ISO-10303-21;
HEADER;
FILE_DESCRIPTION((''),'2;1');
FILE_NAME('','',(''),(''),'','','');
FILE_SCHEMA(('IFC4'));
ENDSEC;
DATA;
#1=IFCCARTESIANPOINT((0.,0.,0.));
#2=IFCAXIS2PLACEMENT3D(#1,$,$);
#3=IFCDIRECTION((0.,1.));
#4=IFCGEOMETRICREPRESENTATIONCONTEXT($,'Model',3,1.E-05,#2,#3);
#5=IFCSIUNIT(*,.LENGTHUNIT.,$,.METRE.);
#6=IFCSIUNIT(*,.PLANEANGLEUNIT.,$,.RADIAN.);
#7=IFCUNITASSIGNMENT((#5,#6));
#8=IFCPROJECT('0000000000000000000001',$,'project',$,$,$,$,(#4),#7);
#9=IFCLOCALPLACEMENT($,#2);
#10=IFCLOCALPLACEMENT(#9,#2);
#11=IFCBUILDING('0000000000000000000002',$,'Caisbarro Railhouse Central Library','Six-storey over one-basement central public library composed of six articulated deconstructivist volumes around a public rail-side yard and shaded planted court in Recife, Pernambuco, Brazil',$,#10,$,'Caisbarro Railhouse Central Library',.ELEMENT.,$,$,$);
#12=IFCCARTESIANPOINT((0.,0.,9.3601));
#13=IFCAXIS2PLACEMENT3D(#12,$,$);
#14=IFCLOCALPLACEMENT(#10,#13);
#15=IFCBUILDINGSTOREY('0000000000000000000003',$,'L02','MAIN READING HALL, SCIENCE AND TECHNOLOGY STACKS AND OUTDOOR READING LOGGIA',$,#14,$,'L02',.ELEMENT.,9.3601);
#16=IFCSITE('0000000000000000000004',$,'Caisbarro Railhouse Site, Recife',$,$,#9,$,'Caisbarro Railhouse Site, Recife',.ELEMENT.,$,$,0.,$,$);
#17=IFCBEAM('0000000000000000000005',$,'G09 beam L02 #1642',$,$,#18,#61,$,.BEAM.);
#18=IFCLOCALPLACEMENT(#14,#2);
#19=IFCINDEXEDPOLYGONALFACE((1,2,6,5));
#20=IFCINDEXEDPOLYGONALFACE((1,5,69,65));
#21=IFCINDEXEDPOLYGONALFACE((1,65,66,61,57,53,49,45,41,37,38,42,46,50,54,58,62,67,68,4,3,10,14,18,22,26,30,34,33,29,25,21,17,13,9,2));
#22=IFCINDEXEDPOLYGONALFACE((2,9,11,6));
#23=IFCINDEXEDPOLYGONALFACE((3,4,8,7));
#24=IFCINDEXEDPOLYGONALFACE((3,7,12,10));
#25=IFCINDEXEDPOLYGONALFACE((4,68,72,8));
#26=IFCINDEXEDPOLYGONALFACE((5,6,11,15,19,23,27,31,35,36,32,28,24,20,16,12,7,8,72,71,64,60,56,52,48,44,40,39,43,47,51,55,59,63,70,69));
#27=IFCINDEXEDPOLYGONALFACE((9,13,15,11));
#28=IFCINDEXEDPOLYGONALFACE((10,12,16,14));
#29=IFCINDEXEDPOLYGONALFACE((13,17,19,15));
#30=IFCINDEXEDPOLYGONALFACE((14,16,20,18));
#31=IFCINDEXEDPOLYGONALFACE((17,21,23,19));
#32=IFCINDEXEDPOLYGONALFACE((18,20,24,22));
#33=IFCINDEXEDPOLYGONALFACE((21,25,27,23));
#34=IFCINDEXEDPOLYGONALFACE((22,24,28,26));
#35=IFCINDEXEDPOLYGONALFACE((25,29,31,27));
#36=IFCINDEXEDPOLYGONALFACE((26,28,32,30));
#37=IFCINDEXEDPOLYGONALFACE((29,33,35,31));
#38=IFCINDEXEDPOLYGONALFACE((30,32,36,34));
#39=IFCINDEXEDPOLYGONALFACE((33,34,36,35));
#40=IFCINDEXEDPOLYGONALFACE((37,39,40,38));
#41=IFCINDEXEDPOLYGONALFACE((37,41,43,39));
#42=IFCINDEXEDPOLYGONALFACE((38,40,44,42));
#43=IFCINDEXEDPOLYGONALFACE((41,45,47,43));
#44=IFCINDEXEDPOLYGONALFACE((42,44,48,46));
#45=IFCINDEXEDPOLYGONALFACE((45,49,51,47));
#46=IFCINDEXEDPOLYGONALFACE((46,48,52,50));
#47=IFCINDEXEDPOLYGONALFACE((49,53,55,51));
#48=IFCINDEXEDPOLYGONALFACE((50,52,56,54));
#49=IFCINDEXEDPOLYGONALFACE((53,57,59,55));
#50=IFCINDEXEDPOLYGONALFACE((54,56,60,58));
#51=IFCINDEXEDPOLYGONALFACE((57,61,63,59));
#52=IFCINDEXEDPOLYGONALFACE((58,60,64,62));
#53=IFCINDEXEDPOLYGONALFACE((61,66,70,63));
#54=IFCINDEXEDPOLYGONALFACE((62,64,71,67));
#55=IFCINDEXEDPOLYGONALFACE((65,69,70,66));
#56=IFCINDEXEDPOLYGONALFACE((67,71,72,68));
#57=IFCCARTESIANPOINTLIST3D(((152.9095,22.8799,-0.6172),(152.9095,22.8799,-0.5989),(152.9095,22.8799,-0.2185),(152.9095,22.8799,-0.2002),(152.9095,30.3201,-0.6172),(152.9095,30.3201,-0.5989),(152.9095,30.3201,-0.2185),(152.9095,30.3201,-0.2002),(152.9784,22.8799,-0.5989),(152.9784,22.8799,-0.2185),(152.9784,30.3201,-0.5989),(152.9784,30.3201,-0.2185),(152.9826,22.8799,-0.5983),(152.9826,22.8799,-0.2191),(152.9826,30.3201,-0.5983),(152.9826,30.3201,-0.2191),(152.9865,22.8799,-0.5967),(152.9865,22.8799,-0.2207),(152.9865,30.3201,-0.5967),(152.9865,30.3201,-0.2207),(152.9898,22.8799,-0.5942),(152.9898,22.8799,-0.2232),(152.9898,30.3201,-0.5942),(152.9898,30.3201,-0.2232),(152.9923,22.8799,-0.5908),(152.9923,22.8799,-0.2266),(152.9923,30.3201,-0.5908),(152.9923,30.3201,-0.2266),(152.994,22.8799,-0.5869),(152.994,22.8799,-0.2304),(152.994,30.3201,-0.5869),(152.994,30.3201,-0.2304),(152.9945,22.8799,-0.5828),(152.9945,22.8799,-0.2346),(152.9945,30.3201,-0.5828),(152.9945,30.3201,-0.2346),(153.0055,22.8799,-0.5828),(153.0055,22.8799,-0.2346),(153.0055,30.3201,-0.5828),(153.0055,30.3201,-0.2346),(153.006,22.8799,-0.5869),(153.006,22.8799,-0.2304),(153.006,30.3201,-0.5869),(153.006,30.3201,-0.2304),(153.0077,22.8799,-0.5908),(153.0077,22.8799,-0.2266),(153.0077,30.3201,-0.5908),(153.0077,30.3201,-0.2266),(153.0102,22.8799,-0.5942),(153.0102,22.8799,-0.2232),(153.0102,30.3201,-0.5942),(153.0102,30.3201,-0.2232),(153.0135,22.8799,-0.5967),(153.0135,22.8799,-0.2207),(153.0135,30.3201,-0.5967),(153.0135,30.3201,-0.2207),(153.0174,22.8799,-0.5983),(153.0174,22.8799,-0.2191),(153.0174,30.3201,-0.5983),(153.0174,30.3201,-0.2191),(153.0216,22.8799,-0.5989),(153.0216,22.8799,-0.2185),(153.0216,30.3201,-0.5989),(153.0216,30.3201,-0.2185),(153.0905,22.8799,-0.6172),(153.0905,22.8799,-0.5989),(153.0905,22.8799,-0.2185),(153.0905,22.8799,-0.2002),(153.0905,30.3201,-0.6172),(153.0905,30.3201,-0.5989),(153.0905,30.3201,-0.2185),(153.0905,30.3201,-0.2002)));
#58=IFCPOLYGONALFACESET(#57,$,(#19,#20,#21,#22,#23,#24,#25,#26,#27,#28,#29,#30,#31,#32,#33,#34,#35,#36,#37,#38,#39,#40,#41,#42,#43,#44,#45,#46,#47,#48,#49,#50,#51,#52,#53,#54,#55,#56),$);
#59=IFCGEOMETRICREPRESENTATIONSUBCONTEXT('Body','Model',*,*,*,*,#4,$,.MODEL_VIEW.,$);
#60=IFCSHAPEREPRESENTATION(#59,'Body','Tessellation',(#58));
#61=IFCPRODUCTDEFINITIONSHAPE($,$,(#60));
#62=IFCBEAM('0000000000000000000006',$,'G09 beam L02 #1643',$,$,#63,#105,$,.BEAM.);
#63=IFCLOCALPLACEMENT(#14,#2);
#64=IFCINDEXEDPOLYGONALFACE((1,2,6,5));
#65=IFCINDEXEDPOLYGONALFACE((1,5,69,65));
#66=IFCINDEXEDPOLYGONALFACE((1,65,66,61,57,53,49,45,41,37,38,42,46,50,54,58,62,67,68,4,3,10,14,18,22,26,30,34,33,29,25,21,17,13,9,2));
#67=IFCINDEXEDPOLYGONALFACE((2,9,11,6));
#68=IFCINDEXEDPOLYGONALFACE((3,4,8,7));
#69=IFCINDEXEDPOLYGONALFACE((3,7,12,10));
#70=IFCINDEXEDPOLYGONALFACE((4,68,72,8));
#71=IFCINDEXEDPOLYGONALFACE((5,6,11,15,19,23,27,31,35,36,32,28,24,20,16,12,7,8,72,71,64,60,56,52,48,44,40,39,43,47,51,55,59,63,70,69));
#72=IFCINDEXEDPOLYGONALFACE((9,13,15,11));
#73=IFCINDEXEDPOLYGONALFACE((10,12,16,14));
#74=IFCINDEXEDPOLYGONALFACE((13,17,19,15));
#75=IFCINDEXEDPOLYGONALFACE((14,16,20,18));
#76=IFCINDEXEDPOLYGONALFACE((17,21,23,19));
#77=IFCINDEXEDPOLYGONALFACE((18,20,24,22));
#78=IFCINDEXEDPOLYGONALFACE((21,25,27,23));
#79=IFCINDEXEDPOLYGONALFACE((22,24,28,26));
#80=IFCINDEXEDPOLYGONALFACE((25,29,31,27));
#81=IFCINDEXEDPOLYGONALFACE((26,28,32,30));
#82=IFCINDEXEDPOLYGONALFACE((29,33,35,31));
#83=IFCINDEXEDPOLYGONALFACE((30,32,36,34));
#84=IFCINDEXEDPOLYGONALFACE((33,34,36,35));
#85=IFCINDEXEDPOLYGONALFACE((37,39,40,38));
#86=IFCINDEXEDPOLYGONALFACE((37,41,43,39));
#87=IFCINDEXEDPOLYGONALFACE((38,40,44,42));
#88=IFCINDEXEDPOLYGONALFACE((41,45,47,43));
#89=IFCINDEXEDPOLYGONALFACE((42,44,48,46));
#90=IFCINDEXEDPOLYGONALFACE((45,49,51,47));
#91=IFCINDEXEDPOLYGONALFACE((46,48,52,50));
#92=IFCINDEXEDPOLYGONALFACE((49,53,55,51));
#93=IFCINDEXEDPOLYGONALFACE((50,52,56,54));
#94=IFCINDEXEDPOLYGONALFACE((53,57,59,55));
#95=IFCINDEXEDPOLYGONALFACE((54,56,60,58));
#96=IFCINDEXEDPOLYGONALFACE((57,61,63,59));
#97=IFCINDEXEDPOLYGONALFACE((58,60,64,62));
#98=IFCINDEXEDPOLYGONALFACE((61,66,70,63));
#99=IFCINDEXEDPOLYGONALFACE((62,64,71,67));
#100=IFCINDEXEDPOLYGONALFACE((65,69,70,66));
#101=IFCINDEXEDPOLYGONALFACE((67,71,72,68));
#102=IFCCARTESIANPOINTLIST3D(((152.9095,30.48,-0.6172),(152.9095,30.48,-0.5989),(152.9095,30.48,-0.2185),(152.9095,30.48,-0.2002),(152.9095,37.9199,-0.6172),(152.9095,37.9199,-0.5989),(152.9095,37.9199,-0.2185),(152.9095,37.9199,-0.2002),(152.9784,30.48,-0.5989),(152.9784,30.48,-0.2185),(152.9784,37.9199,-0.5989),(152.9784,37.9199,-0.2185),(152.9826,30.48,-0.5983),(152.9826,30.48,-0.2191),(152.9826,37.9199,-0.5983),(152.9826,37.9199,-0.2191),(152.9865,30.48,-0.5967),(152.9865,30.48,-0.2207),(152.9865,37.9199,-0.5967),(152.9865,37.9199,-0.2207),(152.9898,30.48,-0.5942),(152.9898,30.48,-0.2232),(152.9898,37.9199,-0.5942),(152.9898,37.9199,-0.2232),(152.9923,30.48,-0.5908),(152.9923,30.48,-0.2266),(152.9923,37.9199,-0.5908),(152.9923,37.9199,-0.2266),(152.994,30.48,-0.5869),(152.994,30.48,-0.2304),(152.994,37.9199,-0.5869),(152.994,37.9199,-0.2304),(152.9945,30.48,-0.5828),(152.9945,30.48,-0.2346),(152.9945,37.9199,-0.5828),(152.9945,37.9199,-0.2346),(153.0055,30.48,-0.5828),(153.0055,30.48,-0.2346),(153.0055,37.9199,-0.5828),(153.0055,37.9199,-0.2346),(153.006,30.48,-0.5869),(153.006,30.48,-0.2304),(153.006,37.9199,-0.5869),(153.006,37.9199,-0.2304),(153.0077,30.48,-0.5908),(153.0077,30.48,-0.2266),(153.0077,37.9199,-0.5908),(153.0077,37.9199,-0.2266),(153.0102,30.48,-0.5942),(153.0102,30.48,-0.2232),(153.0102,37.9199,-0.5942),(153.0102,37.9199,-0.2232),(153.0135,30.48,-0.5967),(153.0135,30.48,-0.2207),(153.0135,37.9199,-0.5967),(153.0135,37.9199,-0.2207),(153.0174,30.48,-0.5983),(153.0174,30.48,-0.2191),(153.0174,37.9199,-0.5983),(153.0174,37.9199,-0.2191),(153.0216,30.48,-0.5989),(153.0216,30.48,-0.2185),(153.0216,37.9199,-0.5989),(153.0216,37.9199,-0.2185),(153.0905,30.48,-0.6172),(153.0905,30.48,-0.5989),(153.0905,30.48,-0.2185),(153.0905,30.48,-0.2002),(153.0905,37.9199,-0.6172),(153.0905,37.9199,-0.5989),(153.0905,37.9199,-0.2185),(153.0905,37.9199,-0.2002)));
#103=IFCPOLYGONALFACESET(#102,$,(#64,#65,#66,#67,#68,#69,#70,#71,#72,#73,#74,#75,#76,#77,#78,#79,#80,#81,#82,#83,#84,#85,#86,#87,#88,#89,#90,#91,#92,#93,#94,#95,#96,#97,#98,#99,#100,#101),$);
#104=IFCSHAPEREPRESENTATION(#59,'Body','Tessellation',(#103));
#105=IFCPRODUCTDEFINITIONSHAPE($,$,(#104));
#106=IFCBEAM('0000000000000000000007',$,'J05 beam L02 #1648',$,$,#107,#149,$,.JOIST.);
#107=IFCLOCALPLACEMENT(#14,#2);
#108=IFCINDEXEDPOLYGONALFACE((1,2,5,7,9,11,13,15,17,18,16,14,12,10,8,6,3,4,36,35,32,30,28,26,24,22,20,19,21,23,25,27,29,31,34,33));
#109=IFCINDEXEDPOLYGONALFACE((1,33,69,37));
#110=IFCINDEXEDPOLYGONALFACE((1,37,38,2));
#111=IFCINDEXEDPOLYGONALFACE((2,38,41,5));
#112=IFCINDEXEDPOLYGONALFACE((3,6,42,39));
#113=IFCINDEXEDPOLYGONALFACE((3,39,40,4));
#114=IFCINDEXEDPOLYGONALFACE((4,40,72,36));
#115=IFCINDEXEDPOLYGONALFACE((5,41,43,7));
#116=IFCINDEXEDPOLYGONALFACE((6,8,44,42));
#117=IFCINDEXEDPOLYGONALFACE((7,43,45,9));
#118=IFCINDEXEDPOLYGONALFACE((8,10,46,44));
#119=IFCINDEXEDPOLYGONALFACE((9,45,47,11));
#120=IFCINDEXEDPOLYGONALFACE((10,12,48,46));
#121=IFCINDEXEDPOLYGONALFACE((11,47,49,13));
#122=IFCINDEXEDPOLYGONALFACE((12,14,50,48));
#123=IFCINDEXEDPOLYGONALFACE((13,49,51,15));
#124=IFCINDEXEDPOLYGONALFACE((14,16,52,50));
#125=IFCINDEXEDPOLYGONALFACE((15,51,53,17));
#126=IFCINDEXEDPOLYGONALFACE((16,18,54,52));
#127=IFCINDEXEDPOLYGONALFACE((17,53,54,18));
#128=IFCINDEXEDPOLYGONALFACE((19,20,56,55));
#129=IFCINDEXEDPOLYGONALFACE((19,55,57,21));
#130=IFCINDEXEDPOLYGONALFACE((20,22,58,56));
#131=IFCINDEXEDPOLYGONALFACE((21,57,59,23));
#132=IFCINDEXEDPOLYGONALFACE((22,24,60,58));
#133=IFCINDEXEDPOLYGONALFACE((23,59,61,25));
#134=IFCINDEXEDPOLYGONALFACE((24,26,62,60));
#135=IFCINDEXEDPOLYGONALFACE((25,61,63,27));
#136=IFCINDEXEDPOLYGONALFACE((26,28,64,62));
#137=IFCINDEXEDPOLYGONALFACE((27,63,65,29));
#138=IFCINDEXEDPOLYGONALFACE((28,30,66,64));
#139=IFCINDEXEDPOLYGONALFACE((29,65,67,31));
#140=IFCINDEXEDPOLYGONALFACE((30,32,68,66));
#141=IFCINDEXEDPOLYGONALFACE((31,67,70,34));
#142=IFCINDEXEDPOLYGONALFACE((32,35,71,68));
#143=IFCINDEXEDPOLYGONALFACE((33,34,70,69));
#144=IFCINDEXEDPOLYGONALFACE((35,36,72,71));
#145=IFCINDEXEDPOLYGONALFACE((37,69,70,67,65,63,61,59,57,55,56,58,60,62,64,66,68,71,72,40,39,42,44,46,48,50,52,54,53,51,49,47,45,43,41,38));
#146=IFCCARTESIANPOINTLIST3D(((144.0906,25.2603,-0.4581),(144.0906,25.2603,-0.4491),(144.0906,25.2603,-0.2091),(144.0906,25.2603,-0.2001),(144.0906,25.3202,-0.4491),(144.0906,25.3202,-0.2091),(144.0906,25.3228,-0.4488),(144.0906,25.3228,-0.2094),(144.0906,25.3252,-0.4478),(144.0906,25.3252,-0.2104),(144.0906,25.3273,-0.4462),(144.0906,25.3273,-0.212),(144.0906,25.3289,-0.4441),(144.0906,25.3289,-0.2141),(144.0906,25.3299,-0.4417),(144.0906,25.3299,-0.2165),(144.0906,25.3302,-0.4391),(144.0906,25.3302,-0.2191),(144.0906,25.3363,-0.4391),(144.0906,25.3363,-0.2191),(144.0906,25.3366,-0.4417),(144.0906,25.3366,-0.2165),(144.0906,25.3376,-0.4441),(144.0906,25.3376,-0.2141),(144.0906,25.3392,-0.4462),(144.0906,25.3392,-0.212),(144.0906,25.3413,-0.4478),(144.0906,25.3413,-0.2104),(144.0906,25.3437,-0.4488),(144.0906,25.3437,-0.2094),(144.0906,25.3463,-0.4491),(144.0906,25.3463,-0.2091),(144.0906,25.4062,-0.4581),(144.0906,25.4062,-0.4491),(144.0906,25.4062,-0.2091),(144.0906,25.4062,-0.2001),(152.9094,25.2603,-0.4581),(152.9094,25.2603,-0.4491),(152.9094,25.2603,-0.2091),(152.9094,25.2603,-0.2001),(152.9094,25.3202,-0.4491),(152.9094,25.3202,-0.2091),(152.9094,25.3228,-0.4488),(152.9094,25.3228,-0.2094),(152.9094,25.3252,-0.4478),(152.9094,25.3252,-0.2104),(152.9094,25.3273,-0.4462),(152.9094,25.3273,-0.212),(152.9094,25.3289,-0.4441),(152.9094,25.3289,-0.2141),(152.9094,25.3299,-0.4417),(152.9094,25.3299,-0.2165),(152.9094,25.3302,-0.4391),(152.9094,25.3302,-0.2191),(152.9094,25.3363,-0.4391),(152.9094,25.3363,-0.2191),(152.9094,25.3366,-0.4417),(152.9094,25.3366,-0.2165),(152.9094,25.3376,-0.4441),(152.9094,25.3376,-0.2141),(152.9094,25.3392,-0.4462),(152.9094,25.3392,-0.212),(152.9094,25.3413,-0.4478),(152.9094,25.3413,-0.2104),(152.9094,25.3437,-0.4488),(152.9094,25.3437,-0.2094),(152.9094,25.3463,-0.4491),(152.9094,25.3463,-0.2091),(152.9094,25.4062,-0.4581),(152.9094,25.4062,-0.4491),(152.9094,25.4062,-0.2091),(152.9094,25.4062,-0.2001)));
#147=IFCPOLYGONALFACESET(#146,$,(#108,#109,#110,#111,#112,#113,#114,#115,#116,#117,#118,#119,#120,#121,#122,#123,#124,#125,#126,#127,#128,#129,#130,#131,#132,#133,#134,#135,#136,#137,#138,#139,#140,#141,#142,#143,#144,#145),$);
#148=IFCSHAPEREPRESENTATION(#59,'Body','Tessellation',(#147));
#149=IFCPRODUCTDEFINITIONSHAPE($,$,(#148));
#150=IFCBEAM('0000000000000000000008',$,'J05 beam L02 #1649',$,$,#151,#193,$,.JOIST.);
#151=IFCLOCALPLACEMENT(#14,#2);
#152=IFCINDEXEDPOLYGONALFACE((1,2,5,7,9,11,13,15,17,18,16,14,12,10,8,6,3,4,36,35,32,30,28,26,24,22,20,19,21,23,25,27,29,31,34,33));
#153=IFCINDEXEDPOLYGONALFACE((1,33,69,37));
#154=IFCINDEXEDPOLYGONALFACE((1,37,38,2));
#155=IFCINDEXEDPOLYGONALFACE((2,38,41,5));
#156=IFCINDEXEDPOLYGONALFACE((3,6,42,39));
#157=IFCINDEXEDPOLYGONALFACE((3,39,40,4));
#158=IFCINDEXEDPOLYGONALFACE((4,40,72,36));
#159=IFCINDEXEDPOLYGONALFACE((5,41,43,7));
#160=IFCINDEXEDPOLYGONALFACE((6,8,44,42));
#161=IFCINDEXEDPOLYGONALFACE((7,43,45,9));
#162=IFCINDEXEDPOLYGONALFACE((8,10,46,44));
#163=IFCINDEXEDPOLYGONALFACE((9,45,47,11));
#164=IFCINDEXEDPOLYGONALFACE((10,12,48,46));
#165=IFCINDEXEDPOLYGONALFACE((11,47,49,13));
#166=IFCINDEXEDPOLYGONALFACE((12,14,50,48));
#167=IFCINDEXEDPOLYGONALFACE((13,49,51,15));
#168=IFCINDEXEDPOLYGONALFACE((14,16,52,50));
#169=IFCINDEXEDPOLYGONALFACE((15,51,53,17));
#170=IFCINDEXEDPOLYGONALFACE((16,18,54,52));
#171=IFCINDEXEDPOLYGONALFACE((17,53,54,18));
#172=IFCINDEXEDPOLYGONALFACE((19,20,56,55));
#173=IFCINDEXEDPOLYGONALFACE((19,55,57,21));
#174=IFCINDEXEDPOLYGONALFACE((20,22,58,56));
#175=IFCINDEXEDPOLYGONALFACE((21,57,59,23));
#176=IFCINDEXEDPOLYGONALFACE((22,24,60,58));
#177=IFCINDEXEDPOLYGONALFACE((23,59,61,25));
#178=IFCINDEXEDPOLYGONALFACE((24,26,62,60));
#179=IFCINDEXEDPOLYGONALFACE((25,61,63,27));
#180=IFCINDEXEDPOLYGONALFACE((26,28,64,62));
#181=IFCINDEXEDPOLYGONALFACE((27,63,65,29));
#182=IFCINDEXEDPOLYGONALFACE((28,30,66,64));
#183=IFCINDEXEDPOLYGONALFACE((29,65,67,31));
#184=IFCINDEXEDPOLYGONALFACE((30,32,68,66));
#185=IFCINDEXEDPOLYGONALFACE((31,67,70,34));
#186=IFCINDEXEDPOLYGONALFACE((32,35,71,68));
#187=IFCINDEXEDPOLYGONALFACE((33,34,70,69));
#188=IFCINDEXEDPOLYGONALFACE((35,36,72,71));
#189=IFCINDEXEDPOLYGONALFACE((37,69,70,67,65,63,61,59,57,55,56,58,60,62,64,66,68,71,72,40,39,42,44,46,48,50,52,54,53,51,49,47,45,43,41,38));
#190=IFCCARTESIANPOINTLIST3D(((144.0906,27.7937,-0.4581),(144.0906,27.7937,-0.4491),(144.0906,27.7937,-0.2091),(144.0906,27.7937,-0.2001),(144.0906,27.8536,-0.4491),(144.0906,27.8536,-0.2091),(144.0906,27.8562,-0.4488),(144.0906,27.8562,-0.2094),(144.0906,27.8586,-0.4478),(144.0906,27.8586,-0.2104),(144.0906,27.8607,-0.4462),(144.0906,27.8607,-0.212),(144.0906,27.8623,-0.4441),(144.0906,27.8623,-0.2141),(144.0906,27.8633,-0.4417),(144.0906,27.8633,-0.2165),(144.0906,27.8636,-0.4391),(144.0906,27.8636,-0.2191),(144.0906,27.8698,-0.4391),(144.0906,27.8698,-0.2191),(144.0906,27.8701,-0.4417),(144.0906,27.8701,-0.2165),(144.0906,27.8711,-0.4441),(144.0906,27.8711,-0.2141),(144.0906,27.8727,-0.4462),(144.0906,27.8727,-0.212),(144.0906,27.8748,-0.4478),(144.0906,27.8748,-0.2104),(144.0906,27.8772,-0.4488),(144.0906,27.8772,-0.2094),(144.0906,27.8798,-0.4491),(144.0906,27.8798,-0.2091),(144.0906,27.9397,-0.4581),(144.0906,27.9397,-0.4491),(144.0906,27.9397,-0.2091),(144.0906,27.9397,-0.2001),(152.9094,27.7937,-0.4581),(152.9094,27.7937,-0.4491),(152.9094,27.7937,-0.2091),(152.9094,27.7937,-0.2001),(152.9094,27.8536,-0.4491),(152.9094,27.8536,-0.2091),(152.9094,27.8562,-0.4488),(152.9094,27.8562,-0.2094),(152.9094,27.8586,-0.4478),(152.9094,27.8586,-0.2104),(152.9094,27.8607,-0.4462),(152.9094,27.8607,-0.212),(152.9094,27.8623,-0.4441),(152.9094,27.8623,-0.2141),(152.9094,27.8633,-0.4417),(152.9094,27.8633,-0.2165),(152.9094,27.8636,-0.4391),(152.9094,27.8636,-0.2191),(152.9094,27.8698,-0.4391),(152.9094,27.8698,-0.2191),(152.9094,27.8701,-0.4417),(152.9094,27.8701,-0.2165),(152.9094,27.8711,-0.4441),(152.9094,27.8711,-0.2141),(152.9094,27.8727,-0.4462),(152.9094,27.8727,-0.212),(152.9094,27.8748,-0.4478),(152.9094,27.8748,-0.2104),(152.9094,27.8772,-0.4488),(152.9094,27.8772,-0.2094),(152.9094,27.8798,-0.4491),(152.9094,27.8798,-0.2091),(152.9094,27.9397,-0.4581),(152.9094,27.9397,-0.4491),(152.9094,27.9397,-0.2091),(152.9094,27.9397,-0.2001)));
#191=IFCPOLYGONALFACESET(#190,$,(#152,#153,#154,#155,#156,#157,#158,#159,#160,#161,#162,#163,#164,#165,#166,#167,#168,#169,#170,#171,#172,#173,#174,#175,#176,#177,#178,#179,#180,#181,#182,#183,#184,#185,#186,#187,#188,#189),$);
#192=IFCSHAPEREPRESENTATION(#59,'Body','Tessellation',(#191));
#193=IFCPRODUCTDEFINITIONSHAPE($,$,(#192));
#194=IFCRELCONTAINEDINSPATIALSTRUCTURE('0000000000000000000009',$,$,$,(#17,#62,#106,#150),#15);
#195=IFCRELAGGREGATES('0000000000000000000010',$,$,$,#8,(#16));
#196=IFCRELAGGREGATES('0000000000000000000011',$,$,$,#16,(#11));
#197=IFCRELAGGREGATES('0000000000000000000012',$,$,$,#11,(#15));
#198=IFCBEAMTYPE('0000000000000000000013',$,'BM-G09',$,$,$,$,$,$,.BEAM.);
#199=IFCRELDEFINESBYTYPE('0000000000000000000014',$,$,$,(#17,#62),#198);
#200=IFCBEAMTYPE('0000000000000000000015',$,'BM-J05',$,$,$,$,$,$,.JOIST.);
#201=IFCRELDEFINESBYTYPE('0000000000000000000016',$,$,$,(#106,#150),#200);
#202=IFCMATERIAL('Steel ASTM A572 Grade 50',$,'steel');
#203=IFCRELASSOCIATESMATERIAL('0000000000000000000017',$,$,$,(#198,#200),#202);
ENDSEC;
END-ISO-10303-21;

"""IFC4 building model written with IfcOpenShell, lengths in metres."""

from ifc_helpers import new_model, si_unit, direction, frame, origin, origin_2d, place, context, subcontext, project, spatial, i_section, extrude, material, material_profile, profile_set, type_object, element, save


model = new_model("IFC4")

# Units and contexts
model_context = context("Model", 3, precision=1e-05, world=origin(), true_north=direction((0.0, 1.0)))
body_context = subcontext(model_context, "Body", "Model", "MODEL_VIEW")
ifc_project = project(units=[si_unit("LENGTHUNIT", "METRE"), si_unit("PLANEANGLEUNIT", "RADIAN")], contexts=[model_context])

# Site, building, storey
site_placement = place(None, origin())
site = spatial("IfcSite", under=ifc_project, at=site_placement, Name="Caisbarro Railhouse Site, Recife", LongName="Caisbarro Railhouse Site, Recife", CompositionType="ELEMENT", RefElevation=0.0)
building_placement = place(site_placement, origin())
building = spatial("IfcBuilding", under=site, at=building_placement, Name="Caisbarro Railhouse Central Library", Description="Six-storey over one-basement central public library composed of six articulated deconstructivist volumes around a public rail-side yard and shaded planted court in Recife, Pernambuco, Brazil", LongName="Caisbarro Railhouse Central Library", CompositionType="ELEMENT")
storey_placement = place(building_placement, frame((0.0, 0.0, 9.3601)))
storey = spatial("IfcBuildingStorey", under=building, at=storey_placement, Name="L02", Description="MAIN READING HALL, SCIENCE AND TECHNOLOGY STACKS AND OUTDOOR READING LOGGIA", LongName="L02", CompositionType="ELEMENT", Elevation=9.3601)

# Shared definitions
ifc_material_1 = material(Name="Steel ASTM A572 Grade 50", Category="steel")

# Beams
ifc_material_profile_1 = material_profile(ifc_material_1, i_section(OverallWidth=0.1809, OverallDepth=0.417, WebThickness=0.011, FlangeThickness=0.0183, FilletRadius=0.0161, at=origin_2d()), Name="W410X85.0")
ifc_profile_set_1 = profile_set([ifc_material_profile_1], Name="Steel ASTM A572 Grade 50")
beam_type_1 = type_object("IfcBeamType", Name="BM-G09", PredefinedType="BEAM", material=ifc_profile_set_1)
beam_1_placement = place(storey_placement, frame((153.0, 22.8799, -0.4087), z_axis=(0.0, 1.0, 0.0), x_axis=(-1.0, 0.0, 0.0)))
element("IfcBeam", 1, at=beam_1_placement, inside=storey, type_object=beam_type_1, Name="G09 beam L02 #1642", PredefinedType="BEAM", context=body_context, shape_type="SweptSolid", body=[
    extrude(i_section(OverallWidth=0.1809, OverallDepth=0.417, WebThickness=0.011, FlangeThickness=0.0183, FilletRadius=0.0161, at=origin_2d()), origin(), (0.0, 0.0, 1.0), 7.4402),
])
beam_2_placement = place(storey_placement, frame((153.0, 30.48, -0.4087), z_axis=(0.0, 1.0, 0.0), x_axis=(-1.0, 0.0, 0.0)))
element("IfcBeam", 2, at=beam_2_placement, inside=storey, type_object=beam_type_1, Name="G09 beam L02 #1643", PredefinedType="BEAM", context=body_context, shape_type="SweptSolid", body=[
    extrude(i_section(OverallWidth=0.1809, OverallDepth=0.417, WebThickness=0.011, FlangeThickness=0.0183, FilletRadius=0.0161, at=origin_2d()), origin(), (0.0, 0.0, 1.0), 7.4399),
])
ifc_material_profile_2 = material_profile(ifc_material_1, i_section(OverallWidth=0.146, OverallDepth=0.2581, WebThickness=0.0061, FlangeThickness=0.009, FilletRadius=0.01, at=origin_2d()), Name="W250X32.7")
ifc_profile_set_2 = profile_set([ifc_material_profile_2], Name="Steel ASTM A572 Grade 50")
beam_type_2 = type_object("IfcBeamType", Name="BM-J05", PredefinedType="JOIST", material=ifc_profile_set_2)
for number, where, z_axis, x_axis, name in (
    (3, (144.0906, 25.3333, -0.3291), (1.0, 0.0, 0.0), (0.0, 1.0, 0.0), "J05 beam L02 #1648"),
    (4, (144.0906, 27.8667, -0.3291), (1.0, 0.0, 0.0), (0.0, 1.0, 0.0), "J05 beam L02 #1649"),
):
    element("IfcBeam", number, at=place(storey_placement, frame(where, z_axis=z_axis, x_axis=x_axis)), inside=storey, type_object=beam_type_2, Name=name, PredefinedType="JOIST", context=body_context, shape_type="SweptSolid", body=[
        extrude(i_section(OverallWidth=0.146, OverallDepth=0.2581, WebThickness=0.0061, FlangeThickness=0.009, FilletRadius=0.01, at=origin_2d()), origin(), (0.0, 0.0, 1.0), 8.8188),
    ])

save(model, "model.ifc")
